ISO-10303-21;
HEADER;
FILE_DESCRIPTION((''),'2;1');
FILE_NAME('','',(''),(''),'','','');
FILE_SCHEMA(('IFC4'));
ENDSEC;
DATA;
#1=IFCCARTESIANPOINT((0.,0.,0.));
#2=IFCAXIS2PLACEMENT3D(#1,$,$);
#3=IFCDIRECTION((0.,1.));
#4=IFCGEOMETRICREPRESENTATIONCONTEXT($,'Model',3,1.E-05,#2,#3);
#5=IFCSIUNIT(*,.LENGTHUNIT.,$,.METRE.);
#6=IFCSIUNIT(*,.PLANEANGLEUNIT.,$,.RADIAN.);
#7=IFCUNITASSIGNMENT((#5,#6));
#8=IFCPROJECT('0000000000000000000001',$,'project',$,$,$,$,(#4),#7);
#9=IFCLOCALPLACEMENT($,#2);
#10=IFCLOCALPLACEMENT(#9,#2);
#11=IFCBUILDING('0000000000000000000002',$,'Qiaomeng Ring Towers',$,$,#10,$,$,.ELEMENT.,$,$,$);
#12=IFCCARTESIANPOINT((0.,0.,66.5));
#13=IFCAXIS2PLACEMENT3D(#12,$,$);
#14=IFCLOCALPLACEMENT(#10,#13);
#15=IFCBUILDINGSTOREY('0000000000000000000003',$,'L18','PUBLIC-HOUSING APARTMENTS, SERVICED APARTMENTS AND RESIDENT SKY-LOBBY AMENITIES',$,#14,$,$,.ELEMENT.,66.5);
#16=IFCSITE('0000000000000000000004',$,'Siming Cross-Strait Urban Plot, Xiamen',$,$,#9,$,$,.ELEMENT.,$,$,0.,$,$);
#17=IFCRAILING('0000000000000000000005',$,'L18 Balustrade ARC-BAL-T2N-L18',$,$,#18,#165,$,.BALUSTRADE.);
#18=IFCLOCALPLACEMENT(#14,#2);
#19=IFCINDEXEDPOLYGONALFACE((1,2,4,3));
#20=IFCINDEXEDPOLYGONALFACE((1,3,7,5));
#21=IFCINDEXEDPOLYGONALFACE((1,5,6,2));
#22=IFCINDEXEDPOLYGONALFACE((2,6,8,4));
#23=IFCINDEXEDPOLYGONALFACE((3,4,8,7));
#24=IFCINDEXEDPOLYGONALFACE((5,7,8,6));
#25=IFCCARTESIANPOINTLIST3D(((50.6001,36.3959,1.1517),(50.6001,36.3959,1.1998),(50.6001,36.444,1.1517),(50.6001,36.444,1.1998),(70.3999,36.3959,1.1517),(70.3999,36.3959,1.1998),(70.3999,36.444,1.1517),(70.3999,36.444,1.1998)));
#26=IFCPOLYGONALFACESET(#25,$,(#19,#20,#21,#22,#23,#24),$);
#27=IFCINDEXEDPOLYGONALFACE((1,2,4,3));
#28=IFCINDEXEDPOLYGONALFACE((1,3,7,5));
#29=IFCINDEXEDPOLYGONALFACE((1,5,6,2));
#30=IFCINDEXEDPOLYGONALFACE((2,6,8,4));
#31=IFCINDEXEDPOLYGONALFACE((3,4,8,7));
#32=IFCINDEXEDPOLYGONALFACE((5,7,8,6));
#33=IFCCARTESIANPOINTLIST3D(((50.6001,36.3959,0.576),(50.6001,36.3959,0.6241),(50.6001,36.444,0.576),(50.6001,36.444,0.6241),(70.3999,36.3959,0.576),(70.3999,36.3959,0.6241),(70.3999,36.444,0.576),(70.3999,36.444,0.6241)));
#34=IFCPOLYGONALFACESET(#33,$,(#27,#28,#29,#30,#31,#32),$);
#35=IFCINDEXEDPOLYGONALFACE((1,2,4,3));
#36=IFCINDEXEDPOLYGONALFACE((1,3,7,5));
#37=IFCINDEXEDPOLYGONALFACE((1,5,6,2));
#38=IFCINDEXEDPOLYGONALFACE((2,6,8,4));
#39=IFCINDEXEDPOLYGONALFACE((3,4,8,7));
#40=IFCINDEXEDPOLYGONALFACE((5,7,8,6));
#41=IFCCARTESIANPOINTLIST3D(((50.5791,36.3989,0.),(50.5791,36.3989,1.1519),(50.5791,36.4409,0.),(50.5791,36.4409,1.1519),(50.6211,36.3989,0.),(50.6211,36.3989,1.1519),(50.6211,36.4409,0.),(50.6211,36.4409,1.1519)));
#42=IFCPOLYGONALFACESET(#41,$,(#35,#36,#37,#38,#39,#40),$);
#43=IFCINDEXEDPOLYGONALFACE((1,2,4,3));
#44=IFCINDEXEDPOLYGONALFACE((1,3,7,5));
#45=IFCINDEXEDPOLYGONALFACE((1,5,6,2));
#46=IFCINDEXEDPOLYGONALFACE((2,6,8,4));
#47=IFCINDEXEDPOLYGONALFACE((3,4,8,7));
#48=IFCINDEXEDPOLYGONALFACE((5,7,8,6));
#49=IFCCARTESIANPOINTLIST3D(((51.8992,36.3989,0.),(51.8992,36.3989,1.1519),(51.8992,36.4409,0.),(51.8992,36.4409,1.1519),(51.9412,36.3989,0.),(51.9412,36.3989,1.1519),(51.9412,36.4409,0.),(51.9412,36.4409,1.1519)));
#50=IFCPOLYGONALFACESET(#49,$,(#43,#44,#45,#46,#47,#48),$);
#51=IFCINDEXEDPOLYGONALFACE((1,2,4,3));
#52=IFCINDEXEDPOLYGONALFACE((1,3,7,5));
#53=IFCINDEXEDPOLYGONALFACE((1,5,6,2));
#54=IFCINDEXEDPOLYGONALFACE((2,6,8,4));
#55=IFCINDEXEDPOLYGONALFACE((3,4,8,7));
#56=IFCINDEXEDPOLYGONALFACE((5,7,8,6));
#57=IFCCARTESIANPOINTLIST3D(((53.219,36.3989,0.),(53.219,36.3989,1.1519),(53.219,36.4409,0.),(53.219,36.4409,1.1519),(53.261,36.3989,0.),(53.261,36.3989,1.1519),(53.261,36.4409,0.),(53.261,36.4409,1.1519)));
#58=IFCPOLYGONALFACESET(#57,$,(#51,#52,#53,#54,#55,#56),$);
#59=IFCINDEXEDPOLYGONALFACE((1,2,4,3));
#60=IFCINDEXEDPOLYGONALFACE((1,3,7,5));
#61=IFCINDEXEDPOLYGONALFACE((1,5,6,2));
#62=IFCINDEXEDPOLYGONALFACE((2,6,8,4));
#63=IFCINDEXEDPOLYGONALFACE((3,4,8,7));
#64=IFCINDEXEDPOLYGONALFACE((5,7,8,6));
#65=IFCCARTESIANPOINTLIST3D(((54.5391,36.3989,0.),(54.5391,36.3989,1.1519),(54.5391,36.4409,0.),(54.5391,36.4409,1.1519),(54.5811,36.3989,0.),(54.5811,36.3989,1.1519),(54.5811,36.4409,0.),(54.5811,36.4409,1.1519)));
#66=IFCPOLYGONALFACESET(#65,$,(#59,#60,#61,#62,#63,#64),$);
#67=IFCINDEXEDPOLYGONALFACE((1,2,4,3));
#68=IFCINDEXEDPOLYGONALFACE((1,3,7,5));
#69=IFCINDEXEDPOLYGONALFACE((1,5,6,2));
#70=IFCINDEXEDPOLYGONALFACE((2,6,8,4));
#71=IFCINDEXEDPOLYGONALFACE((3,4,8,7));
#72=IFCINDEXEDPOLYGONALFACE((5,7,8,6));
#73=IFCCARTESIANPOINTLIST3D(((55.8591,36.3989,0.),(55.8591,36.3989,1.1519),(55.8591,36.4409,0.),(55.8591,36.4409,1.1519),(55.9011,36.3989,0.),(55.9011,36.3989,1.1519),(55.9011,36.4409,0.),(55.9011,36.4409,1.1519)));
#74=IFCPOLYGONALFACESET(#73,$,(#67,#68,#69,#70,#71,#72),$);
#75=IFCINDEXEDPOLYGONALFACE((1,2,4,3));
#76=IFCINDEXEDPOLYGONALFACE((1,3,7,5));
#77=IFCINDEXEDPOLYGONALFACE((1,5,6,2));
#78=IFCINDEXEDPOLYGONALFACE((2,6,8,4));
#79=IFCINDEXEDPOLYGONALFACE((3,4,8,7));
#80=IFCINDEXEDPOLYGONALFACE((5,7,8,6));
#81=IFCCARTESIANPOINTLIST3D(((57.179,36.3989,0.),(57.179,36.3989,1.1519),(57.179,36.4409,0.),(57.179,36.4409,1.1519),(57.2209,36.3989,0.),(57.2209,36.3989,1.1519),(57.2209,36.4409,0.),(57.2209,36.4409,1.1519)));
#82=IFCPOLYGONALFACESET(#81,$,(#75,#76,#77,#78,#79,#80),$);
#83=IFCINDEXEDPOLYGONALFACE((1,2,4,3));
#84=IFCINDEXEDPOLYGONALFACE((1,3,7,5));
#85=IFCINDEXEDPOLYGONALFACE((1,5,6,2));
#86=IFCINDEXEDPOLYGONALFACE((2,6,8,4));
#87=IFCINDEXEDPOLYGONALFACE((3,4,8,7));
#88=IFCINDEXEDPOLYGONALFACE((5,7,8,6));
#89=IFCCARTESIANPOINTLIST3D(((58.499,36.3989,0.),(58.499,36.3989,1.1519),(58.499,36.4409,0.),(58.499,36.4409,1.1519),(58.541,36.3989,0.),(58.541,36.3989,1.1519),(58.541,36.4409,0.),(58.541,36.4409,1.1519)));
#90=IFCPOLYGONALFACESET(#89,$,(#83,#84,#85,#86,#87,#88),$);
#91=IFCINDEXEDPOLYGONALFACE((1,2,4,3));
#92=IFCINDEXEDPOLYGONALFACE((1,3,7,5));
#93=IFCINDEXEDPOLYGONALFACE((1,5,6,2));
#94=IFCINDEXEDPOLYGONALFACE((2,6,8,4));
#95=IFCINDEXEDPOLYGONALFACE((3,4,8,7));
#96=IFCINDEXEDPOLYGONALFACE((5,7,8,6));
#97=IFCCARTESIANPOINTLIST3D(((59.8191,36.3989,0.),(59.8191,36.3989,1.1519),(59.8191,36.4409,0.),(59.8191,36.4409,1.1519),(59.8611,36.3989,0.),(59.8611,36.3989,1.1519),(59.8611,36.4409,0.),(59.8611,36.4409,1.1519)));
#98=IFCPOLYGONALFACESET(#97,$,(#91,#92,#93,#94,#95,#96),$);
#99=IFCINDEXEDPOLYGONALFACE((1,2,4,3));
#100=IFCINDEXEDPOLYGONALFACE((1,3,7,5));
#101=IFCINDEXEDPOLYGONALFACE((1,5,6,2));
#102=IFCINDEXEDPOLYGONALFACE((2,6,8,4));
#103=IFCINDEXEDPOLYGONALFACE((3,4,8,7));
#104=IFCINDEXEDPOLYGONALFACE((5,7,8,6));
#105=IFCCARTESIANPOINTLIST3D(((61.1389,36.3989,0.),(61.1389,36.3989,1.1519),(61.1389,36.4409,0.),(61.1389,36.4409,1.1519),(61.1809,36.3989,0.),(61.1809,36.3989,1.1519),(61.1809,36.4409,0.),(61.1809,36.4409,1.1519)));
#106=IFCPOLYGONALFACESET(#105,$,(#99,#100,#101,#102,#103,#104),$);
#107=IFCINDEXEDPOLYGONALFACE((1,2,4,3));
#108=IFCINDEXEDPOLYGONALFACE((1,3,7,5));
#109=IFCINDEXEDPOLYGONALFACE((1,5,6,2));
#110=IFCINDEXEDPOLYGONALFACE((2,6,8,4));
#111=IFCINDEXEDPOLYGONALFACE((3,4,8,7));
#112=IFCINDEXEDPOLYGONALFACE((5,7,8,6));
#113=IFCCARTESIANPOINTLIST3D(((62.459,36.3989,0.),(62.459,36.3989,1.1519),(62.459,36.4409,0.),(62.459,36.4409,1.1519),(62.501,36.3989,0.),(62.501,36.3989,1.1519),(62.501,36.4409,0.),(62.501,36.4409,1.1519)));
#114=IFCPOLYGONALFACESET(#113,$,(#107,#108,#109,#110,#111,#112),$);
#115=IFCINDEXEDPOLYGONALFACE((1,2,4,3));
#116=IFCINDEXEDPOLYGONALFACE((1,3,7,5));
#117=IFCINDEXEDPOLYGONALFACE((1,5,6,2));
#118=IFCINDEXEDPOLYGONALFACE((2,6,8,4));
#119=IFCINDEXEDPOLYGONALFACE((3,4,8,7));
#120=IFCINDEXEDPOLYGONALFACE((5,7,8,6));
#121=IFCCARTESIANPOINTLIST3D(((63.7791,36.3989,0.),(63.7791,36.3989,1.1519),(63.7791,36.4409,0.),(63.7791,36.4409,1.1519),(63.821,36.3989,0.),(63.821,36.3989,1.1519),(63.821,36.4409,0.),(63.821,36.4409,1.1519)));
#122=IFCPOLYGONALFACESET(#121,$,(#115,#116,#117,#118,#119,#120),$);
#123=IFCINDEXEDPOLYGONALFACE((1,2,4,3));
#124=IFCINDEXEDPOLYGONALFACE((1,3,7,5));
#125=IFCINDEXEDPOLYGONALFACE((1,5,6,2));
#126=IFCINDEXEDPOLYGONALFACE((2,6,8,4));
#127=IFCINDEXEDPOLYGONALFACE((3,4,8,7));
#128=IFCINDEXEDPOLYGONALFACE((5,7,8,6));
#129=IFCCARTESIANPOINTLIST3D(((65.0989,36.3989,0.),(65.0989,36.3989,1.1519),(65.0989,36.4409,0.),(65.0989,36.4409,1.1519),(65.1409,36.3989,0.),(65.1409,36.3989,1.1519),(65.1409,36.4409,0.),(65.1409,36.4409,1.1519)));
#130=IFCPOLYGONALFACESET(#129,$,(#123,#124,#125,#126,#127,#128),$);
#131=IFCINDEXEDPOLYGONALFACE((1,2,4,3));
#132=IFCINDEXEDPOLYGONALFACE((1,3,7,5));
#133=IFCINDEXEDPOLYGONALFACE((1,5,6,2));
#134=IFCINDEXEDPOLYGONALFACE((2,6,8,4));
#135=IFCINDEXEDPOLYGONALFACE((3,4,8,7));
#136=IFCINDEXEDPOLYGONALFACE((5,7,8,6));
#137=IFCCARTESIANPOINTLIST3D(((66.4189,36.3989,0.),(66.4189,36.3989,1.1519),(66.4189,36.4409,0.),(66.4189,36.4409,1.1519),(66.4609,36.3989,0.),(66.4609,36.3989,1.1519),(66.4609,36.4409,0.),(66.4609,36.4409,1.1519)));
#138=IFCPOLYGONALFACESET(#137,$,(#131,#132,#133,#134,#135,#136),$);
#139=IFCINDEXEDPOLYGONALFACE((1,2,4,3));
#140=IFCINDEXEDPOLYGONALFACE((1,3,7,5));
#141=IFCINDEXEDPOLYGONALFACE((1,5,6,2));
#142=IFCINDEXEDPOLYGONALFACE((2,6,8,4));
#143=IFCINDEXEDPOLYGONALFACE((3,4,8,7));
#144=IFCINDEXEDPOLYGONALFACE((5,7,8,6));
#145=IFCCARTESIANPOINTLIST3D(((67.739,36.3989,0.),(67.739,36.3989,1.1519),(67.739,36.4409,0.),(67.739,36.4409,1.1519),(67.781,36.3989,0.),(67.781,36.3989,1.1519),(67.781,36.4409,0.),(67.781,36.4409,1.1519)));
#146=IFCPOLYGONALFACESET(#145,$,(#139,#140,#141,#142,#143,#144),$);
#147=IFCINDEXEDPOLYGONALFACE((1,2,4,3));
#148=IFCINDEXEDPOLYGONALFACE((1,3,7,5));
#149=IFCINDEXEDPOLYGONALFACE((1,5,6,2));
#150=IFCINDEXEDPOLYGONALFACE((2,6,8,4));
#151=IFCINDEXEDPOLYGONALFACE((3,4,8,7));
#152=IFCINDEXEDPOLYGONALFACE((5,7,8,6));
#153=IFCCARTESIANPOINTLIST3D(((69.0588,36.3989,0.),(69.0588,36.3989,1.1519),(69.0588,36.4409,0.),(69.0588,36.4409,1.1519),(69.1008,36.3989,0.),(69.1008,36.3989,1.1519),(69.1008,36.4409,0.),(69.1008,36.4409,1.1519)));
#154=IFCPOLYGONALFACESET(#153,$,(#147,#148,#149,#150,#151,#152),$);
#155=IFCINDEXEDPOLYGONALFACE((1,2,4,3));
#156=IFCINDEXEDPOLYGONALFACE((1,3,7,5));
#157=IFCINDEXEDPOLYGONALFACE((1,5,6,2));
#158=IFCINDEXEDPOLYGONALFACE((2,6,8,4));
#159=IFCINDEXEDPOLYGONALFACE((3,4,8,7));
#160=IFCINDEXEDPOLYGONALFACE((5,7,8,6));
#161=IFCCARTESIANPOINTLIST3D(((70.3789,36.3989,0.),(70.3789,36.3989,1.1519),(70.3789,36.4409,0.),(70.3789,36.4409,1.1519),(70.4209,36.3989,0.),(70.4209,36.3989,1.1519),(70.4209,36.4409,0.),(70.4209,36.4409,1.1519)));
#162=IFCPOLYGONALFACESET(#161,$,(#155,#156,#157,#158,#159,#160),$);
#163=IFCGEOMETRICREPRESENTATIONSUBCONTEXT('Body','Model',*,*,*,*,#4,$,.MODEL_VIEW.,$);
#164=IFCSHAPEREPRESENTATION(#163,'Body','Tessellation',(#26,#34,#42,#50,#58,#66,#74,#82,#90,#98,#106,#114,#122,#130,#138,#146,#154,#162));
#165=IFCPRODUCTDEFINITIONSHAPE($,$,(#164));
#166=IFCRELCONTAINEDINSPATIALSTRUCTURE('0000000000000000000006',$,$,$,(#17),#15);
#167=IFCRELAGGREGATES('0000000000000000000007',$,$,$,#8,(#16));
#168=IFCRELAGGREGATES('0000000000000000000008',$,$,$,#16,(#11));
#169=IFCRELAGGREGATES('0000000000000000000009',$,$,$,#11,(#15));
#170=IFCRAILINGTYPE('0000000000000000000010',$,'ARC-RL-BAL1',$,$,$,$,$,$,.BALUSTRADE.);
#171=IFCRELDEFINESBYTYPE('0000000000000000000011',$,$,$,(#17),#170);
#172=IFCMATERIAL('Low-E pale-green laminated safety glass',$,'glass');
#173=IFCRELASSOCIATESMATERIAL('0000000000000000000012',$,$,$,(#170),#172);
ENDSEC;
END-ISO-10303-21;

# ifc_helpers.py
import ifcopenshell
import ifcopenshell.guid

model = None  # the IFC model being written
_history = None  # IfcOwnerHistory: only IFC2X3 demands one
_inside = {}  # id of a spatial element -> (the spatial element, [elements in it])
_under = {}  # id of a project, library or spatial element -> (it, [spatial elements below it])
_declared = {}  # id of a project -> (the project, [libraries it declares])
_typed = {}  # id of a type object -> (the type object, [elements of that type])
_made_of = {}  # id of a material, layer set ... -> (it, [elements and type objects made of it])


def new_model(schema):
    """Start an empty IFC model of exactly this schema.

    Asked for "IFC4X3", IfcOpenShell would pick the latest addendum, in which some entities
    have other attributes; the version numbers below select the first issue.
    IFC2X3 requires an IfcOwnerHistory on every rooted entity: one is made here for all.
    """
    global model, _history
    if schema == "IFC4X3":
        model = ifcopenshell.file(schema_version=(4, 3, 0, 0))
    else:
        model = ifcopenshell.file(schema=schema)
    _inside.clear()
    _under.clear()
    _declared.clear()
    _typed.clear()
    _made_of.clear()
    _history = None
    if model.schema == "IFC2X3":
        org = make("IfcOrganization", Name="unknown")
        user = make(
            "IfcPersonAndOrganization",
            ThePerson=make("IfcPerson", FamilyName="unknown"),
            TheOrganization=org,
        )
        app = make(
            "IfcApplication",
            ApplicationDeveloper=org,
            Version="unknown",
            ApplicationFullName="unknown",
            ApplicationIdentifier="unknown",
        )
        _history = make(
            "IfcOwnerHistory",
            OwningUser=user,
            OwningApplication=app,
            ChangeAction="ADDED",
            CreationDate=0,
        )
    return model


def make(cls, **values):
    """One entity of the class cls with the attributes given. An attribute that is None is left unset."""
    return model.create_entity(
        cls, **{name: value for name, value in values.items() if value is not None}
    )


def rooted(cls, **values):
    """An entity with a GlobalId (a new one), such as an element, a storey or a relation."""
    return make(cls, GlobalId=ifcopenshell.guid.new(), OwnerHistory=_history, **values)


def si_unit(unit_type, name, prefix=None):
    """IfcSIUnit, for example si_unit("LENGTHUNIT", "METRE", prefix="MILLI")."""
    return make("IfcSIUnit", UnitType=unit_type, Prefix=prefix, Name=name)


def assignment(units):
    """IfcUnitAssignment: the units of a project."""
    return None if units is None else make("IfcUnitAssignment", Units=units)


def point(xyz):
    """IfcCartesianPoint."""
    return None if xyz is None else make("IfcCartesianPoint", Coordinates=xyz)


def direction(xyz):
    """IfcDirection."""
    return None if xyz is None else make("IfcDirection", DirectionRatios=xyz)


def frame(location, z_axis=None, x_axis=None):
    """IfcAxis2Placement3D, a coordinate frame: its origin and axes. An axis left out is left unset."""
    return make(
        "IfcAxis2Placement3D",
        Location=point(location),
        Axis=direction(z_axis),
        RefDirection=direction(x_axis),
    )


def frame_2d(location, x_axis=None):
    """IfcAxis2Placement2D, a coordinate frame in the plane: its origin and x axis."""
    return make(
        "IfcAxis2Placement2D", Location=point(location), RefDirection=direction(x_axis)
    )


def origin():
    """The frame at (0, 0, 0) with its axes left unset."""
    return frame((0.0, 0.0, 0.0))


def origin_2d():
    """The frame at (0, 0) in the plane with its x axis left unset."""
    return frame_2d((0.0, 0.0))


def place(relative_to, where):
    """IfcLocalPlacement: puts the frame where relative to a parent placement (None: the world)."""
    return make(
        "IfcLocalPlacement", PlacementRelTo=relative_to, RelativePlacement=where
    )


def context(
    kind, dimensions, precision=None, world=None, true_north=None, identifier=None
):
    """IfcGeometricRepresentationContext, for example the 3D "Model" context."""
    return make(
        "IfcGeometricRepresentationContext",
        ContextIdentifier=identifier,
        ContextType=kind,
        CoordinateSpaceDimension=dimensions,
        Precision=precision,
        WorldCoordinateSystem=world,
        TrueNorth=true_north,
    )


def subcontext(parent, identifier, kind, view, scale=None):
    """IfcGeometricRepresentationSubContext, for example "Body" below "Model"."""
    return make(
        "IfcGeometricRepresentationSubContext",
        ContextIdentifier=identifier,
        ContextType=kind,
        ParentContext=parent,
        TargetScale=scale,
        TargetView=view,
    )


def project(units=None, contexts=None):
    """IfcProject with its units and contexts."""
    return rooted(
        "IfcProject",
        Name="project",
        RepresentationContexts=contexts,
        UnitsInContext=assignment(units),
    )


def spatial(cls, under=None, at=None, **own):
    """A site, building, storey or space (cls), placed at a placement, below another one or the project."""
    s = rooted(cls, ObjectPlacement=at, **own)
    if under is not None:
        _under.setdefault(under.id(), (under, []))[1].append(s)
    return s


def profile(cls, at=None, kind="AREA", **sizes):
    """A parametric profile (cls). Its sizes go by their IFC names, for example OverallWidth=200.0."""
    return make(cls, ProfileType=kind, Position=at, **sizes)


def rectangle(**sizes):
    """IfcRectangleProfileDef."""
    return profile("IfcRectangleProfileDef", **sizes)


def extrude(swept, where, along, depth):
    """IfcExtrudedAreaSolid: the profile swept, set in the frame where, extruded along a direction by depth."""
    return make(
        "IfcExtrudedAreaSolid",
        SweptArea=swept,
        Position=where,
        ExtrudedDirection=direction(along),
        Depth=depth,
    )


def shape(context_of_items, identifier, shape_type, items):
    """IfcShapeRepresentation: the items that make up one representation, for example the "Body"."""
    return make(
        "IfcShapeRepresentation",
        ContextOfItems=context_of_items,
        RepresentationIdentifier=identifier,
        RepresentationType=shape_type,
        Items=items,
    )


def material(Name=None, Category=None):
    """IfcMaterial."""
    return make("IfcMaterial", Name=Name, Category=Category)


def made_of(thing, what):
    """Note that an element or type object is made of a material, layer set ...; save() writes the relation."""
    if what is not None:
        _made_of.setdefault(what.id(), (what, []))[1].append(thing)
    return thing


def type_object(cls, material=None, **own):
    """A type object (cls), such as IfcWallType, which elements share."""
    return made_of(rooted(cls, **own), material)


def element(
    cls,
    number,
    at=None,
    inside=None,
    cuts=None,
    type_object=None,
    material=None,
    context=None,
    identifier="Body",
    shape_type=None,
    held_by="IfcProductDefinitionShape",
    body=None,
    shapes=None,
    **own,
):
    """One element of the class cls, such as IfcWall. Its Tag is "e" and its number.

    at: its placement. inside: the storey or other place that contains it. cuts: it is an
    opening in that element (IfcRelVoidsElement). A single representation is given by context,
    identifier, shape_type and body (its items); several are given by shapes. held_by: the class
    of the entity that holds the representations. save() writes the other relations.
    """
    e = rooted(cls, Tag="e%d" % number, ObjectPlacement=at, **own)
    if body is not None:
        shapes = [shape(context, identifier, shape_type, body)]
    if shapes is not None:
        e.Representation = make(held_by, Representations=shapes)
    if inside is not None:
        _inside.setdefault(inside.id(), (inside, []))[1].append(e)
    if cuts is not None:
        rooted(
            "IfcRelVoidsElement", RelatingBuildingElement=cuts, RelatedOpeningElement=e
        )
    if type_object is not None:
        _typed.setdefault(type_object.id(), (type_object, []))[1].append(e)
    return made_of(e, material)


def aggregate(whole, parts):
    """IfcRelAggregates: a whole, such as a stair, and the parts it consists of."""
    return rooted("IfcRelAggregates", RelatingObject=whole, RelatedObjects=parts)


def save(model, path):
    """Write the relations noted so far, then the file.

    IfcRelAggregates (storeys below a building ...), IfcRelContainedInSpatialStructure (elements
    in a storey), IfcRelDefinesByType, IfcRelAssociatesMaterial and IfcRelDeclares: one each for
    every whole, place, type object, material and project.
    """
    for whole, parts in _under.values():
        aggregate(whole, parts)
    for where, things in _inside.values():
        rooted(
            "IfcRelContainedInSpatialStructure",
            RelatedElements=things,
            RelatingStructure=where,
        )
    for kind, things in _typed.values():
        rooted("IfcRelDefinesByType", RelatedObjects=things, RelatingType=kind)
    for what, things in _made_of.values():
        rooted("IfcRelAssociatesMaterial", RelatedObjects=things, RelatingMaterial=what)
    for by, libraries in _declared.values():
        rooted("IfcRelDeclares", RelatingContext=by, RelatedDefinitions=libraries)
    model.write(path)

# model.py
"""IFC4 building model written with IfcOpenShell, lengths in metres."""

from ifc_helpers import new_model, si_unit, direction, frame, origin, origin_2d, place, context, subcontext, project, spatial, rectangle, extrude, material, type_object, element, save


model = new_model("IFC4")

# Units and contexts
model_context = context("Model", 3, precision=1e-05, world=origin(), true_north=direction((0.0, 1.0)))
body_context = subcontext(model_context, "Body", "Model", "MODEL_VIEW")
ifc_project = project(units=[si_unit("LENGTHUNIT", "METRE"), si_unit("PLANEANGLEUNIT", "RADIAN")], contexts=[model_context])

# Site, building, storey
site_placement = place(None, origin())
site = spatial("IfcSite", under=ifc_project, at=site_placement, Name="Siming Cross-Strait Urban Plot, Xiamen", CompositionType="ELEMENT", RefElevation=0.0)
building_placement = place(site_placement, origin())
building = spatial("IfcBuilding", under=site, at=building_placement, Name="Qiaomeng Ring Towers", CompositionType="ELEMENT")
storey_placement = place(building_placement, frame((0.0, 0.0, 66.5)))
storey = spatial("IfcBuildingStorey", under=building, at=storey_placement, Name="L18", Description="PUBLIC-HOUSING APARTMENTS, SERVICED APARTMENTS AND RESIDENT SKY-LOBBY AMENITIES", CompositionType="ELEMENT", Elevation=66.5)

# Railing
ifc_material_1 = material(Name="Low-E pale-green laminated safety glass", Category="glass")
railing_type = type_object("IfcRailingType", Name="ARC-RL-BAL1", PredefinedType="BALUSTRADE", material=ifc_material_1)
railing_1_placement = place(storey_placement, frame((50.6001, 36.4199, 0.0)))
element("IfcRailing", 1, at=railing_1_placement, inside=storey, type_object=railing_type, Name="L18 Balustrade ARC-BAL-T2N-L18", PredefinedType="BALUSTRADE", context=body_context, shape_type="SweptSolid", body=[
    extrude(rectangle(XDim=0.0481, YDim=0.0481, at=origin_2d()), frame((0.0, 0.0, 1.1758), z_axis=(1.0, 0.0, 0.0), x_axis=(0.0, 1.0, 0.0)), (0.0, 0.0, 1.0), 19.7998),
    extrude(rectangle(XDim=0.0481, YDim=0.0481, at=origin_2d()), frame((0.0, 0.0, 0.6001), z_axis=(1.0, 0.0, 0.0), x_axis=(0.0, 1.0, 0.0)), (0.0, 0.0, 1.0), 19.7998),
    extrude(rectangle(XDim=0.042, YDim=0.042, at=origin_2d()), origin(), (0.0, 0.0, 1.0), 1.1519),
    extrude(rectangle(XDim=0.042, YDim=0.042, at=origin_2d()), frame((1.3201, 0.0, 0.0)), (0.0, 0.0, 1.0), 1.1519),
    extrude(rectangle(XDim=0.042, YDim=0.042, at=origin_2d()), frame((2.6399, 0.0, 0.0)), (0.0, 0.0, 1.0), 1.1519),
    extrude(rectangle(XDim=0.042, YDim=0.042, at=origin_2d()), frame((3.96, 0.0, 0.0)), (0.0, 0.0, 1.0), 1.1519),
    extrude(rectangle(XDim=0.042, YDim=0.042, at=origin_2d()), frame((5.28, 0.0, 0.0)), (0.0, 0.0, 1.0), 1.1519),
    extrude(rectangle(XDim=0.042, YDim=0.042, at=origin_2d()), frame((6.5999, 0.0, 0.0)), (0.0, 0.0, 1.0), 1.1519),
    extrude(rectangle(XDim=0.042, YDim=0.042, at=origin_2d()), frame((7.9199, 0.0, 0.0)), (0.0, 0.0, 1.0), 1.1519),
    extrude(rectangle(XDim=0.042, YDim=0.042, at=origin_2d()), frame((9.24, 0.0, 0.0)), (0.0, 0.0, 1.0), 1.1519),
    extrude(rectangle(XDim=0.042, YDim=0.042, at=origin_2d()), frame((10.5598, 0.0, 0.0)), (0.0, 0.0, 1.0), 1.1519),
    extrude(rectangle(XDim=0.042, YDim=0.042, at=origin_2d()), frame((11.8799, 0.0, 0.0)), (0.0, 0.0, 1.0), 1.1519),
    extrude(rectangle(XDim=0.042, YDim=0.042, at=origin_2d()), frame((13.2, 0.0, 0.0)), (0.0, 0.0, 1.0), 1.1519),
    extrude(rectangle(XDim=0.042, YDim=0.042, at=origin_2d()), frame((14.5198, 0.0, 0.0)), (0.0, 0.0, 1.0), 1.1519),
    extrude(rectangle(XDim=0.042, YDim=0.042, at=origin_2d()), frame((15.8398, 0.0, 0.0)), (0.0, 0.0, 1.0), 1.1519),
    extrude(rectangle(XDim=0.042, YDim=0.042, at=origin_2d()), frame((17.1599, 0.0, 0.0)), (0.0, 0.0, 1.0), 1.1519),
    extrude(rectangle(XDim=0.042, YDim=0.042, at=origin_2d()), frame((18.4797, 0.0, 0.0)), (0.0, 0.0, 1.0), 1.1519),
    extrude(rectangle(XDim=0.042, YDim=0.042, at=origin_2d()), frame((19.7998, 0.0, 0.0)), (0.0, 0.0, 1.0), 1.1519),
])

save(model, "model.ifc")
